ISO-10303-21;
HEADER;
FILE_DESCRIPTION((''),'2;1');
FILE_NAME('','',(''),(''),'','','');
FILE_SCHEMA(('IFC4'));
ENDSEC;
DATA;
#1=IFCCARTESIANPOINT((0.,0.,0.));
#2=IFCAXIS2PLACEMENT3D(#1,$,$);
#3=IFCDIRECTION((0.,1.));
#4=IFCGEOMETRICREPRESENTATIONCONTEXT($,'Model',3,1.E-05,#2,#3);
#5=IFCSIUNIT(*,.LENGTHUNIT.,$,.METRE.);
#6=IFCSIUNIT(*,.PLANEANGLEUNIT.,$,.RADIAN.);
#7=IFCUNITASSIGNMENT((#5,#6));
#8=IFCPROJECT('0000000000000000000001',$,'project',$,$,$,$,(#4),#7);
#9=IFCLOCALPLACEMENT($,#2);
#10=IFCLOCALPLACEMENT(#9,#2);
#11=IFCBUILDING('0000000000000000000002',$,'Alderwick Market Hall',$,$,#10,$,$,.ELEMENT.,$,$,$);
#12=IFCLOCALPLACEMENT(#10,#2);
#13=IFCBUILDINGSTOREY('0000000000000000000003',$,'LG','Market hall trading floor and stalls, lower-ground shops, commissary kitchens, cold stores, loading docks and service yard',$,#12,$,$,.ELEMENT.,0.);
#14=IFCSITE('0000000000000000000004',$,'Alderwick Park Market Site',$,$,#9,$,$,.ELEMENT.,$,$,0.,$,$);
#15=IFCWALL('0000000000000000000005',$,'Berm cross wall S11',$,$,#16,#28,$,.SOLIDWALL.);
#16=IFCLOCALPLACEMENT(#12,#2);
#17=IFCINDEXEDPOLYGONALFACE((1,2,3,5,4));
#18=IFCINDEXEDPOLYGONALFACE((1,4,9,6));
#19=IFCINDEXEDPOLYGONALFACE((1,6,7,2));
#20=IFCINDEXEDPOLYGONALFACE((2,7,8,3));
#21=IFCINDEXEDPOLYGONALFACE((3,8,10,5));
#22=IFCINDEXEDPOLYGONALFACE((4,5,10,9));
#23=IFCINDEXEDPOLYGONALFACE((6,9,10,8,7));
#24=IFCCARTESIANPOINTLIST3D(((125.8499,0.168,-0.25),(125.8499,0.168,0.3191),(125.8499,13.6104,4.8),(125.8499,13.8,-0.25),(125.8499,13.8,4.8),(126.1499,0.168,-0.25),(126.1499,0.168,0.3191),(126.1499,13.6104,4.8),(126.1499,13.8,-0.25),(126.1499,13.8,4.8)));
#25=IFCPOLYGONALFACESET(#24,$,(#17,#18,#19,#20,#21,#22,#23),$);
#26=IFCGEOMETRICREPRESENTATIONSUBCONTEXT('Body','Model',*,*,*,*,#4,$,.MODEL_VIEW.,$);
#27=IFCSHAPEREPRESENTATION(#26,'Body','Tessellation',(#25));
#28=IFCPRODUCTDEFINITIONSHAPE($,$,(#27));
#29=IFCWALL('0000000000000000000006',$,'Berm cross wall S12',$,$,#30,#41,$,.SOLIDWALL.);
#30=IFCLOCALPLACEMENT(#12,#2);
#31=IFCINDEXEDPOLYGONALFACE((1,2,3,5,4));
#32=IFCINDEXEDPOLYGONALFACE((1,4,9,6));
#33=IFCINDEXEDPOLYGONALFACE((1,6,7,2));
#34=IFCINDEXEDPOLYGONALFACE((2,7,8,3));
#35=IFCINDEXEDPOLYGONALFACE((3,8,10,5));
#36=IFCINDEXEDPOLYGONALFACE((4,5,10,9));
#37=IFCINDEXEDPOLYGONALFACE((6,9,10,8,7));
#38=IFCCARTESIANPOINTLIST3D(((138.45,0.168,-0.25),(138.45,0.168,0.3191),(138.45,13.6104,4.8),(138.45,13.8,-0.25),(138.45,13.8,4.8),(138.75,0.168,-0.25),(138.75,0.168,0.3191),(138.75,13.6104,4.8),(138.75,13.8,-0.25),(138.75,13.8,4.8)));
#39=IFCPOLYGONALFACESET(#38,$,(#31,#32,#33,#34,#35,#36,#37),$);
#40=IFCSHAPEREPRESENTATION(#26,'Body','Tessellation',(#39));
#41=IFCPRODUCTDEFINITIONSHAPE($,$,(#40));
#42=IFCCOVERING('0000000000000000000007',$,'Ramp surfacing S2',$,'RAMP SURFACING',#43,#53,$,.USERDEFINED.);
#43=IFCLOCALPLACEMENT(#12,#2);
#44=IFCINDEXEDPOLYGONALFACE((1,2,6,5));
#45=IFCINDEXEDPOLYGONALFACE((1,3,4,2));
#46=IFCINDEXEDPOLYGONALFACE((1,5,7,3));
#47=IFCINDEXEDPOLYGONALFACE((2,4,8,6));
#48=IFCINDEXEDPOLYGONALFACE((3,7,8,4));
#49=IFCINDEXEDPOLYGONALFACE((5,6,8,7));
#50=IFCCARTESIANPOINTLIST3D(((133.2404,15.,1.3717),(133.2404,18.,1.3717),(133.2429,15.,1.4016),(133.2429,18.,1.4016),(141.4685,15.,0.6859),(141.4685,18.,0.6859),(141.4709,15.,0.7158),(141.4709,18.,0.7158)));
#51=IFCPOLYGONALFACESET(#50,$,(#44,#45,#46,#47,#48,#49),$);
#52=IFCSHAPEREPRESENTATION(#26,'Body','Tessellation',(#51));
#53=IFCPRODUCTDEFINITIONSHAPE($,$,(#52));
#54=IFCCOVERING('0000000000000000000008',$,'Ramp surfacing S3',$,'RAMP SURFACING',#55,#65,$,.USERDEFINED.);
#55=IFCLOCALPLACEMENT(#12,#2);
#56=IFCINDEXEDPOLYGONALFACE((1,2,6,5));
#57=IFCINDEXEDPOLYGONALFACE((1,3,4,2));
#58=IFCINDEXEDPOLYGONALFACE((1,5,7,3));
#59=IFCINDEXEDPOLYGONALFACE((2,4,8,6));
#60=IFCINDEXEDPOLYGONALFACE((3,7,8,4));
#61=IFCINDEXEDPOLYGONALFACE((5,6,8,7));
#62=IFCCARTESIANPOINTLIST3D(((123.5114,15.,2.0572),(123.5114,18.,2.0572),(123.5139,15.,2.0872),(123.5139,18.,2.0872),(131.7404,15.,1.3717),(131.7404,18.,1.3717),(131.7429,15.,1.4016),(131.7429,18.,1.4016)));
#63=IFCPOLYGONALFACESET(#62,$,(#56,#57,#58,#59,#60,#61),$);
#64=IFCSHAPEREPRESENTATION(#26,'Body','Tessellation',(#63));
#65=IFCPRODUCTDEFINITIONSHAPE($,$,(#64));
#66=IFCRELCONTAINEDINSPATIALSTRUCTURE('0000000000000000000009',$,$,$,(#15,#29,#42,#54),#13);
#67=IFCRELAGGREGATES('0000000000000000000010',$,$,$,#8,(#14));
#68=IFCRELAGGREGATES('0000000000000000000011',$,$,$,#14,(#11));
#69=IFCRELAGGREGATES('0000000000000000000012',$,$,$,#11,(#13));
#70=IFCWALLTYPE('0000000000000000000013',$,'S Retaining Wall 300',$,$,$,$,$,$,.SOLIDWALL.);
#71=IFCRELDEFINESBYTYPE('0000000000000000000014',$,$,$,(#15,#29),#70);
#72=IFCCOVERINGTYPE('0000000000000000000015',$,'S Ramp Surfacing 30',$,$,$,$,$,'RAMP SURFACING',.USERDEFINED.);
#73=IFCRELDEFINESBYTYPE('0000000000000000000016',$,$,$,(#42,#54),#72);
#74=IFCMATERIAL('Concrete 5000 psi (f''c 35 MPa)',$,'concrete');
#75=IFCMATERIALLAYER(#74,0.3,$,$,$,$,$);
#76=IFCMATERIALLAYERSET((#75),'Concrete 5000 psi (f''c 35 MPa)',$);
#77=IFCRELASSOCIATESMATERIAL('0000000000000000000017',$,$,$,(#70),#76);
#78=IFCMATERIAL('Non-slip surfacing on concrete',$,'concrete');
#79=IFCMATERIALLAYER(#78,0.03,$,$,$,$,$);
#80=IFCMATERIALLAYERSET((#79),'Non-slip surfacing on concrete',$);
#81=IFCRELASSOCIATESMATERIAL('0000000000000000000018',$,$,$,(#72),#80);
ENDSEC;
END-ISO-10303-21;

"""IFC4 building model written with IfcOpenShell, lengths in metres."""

from ifc_helpers import new_model, si_unit, direction, frame, origin, place, context, subcontext, project, spatial, polyline, outline, extrude, material, layer, layer_set, type_object, element, save


model = new_model("IFC4")

# Units and contexts
model_context = context("Model", 3, precision=1e-05, world=origin(), true_north=direction((0.0, 1.0)))
body_context = subcontext(model_context, "Body", "Model", "MODEL_VIEW")
ifc_project = project(units=[si_unit("LENGTHUNIT", "METRE"), si_unit("PLANEANGLEUNIT", "RADIAN")], contexts=[model_context])

# Site, building, storey
site_placement = place(None, origin())
site = spatial("IfcSite", under=ifc_project, at=site_placement, Name="Alderwick Park Market Site", CompositionType="ELEMENT", RefElevation=0.0)
building_placement = place(site_placement, origin())
building = spatial("IfcBuilding", under=site, at=building_placement, Name="Alderwick Market Hall", CompositionType="ELEMENT")
storey_placement = place(building_placement, origin())
storey = spatial("IfcBuildingStorey", under=building, at=storey_placement, Name="LG", Description="Market hall trading floor and stalls, lower-ground shops, commissary kitchens, cold stores, loading docks and service yard", CompositionType="ELEMENT", Elevation=0.0)

# Walls
ifc_material_1 = material(Name="Concrete 5000 psi (f'c 35 MPa)", Category="concrete")
ifc_layer_1 = layer(ifc_material_1, 0.3)
ifc_layer_set_1 = layer_set([ifc_layer_1], Name="Concrete 5000 psi (f'c 35 MPa)")
wall_type = type_object("IfcWallType", Name="S Retaining Wall 300", PredefinedType="SOLIDWALL", material=ifc_layer_set_1)
for number, where, z_axis, x_axis, name in (
    (1, (126.0, 13.8, -0.25), (0.0, 0.0, 1.0), (0.0, -1.0, 0.0), "Berm cross wall S11"),
    (2, (138.6001, 13.8, -0.25), (0.0, 0.0, 1.0), (0.0, -1.0, 0.0), "Berm cross wall S12"),
):
    element("IfcWall", number, at=place(storey_placement, frame(where, z_axis=z_axis, x_axis=x_axis)), inside=storey, type_object=wall_type, Name=name, PredefinedType="SOLIDWALL", context=body_context, shape_type="SweptSolid", body=[
        extrude(outline(polyline([(0.0, 0.0), (13.6321, 0.0), (13.6321, 0.5691), (0.1897, 5.05), (0.0, 5.05), (0.0, 0.0)])), frame((0.0, 0.1499, 0.0), z_axis=(0.0, -1.0, 0.0), x_axis=(1.0, 0.0, 0.0)), (0.0, 0.0, 1.0), 0.3),
    ])

# Coverings
ifc_material_2 = material(Name="Non-slip surfacing on concrete", Category="concrete")
ifc_layer_2 = layer(ifc_material_2, 0.03)
ifc_layer_set_2 = layer_set([ifc_layer_2], Name="Non-slip surfacing on concrete")
covering_type = type_object("IfcCoveringType", Name="S Ramp Surfacing 30", ElementType="RAMP SURFACING", PredefinedType="USERDEFINED", material=ifc_layer_set_2)
covering_1_placement = place(storey_placement, frame((141.4709, 15.0, 0.7158), z_axis=(0.08306, 0.0, 0.996545), x_axis=(-0.996545, 0.0, 0.08306)))
element("IfcCovering", 3, at=covering_1_placement, inside=storey, type_object=covering_type, Name="Ramp surfacing S2", ObjectType="RAMP SURFACING", PredefinedType="USERDEFINED", context=body_context, shape_type="SweptSolid", body=[
    extrude(outline(polyline([(0.0, 0.0), (8.2566, 0.0), (8.2566, -3.0), (0.0, -3.0), (0.0, 0.0)])), origin(), (0.0, 0.0, -1.0), 0.03),
])
covering_2_placement = place(storey_placement, frame((131.7429, 15.0, 1.4016), z_axis=(0.083021, 0.0, 0.996548), x_axis=(-0.996548, 0.0, 0.083021)))
element("IfcCovering", 4, at=covering_2_placement, inside=storey, type_object=covering_type, Name="Ramp surfacing S3", ObjectType="RAMP SURFACING", PredefinedType="USERDEFINED", context=body_context, shape_type="SweptSolid", body=[
    extrude(outline(polyline([(0.0, 0.0), (8.2575, 0.0), (8.2575, -3.0), (0.0, -3.0), (0.0, 0.0)])), origin(), (0.0, 0.0, -1.0), 0.03),
])

save(model, "model.ifc")
